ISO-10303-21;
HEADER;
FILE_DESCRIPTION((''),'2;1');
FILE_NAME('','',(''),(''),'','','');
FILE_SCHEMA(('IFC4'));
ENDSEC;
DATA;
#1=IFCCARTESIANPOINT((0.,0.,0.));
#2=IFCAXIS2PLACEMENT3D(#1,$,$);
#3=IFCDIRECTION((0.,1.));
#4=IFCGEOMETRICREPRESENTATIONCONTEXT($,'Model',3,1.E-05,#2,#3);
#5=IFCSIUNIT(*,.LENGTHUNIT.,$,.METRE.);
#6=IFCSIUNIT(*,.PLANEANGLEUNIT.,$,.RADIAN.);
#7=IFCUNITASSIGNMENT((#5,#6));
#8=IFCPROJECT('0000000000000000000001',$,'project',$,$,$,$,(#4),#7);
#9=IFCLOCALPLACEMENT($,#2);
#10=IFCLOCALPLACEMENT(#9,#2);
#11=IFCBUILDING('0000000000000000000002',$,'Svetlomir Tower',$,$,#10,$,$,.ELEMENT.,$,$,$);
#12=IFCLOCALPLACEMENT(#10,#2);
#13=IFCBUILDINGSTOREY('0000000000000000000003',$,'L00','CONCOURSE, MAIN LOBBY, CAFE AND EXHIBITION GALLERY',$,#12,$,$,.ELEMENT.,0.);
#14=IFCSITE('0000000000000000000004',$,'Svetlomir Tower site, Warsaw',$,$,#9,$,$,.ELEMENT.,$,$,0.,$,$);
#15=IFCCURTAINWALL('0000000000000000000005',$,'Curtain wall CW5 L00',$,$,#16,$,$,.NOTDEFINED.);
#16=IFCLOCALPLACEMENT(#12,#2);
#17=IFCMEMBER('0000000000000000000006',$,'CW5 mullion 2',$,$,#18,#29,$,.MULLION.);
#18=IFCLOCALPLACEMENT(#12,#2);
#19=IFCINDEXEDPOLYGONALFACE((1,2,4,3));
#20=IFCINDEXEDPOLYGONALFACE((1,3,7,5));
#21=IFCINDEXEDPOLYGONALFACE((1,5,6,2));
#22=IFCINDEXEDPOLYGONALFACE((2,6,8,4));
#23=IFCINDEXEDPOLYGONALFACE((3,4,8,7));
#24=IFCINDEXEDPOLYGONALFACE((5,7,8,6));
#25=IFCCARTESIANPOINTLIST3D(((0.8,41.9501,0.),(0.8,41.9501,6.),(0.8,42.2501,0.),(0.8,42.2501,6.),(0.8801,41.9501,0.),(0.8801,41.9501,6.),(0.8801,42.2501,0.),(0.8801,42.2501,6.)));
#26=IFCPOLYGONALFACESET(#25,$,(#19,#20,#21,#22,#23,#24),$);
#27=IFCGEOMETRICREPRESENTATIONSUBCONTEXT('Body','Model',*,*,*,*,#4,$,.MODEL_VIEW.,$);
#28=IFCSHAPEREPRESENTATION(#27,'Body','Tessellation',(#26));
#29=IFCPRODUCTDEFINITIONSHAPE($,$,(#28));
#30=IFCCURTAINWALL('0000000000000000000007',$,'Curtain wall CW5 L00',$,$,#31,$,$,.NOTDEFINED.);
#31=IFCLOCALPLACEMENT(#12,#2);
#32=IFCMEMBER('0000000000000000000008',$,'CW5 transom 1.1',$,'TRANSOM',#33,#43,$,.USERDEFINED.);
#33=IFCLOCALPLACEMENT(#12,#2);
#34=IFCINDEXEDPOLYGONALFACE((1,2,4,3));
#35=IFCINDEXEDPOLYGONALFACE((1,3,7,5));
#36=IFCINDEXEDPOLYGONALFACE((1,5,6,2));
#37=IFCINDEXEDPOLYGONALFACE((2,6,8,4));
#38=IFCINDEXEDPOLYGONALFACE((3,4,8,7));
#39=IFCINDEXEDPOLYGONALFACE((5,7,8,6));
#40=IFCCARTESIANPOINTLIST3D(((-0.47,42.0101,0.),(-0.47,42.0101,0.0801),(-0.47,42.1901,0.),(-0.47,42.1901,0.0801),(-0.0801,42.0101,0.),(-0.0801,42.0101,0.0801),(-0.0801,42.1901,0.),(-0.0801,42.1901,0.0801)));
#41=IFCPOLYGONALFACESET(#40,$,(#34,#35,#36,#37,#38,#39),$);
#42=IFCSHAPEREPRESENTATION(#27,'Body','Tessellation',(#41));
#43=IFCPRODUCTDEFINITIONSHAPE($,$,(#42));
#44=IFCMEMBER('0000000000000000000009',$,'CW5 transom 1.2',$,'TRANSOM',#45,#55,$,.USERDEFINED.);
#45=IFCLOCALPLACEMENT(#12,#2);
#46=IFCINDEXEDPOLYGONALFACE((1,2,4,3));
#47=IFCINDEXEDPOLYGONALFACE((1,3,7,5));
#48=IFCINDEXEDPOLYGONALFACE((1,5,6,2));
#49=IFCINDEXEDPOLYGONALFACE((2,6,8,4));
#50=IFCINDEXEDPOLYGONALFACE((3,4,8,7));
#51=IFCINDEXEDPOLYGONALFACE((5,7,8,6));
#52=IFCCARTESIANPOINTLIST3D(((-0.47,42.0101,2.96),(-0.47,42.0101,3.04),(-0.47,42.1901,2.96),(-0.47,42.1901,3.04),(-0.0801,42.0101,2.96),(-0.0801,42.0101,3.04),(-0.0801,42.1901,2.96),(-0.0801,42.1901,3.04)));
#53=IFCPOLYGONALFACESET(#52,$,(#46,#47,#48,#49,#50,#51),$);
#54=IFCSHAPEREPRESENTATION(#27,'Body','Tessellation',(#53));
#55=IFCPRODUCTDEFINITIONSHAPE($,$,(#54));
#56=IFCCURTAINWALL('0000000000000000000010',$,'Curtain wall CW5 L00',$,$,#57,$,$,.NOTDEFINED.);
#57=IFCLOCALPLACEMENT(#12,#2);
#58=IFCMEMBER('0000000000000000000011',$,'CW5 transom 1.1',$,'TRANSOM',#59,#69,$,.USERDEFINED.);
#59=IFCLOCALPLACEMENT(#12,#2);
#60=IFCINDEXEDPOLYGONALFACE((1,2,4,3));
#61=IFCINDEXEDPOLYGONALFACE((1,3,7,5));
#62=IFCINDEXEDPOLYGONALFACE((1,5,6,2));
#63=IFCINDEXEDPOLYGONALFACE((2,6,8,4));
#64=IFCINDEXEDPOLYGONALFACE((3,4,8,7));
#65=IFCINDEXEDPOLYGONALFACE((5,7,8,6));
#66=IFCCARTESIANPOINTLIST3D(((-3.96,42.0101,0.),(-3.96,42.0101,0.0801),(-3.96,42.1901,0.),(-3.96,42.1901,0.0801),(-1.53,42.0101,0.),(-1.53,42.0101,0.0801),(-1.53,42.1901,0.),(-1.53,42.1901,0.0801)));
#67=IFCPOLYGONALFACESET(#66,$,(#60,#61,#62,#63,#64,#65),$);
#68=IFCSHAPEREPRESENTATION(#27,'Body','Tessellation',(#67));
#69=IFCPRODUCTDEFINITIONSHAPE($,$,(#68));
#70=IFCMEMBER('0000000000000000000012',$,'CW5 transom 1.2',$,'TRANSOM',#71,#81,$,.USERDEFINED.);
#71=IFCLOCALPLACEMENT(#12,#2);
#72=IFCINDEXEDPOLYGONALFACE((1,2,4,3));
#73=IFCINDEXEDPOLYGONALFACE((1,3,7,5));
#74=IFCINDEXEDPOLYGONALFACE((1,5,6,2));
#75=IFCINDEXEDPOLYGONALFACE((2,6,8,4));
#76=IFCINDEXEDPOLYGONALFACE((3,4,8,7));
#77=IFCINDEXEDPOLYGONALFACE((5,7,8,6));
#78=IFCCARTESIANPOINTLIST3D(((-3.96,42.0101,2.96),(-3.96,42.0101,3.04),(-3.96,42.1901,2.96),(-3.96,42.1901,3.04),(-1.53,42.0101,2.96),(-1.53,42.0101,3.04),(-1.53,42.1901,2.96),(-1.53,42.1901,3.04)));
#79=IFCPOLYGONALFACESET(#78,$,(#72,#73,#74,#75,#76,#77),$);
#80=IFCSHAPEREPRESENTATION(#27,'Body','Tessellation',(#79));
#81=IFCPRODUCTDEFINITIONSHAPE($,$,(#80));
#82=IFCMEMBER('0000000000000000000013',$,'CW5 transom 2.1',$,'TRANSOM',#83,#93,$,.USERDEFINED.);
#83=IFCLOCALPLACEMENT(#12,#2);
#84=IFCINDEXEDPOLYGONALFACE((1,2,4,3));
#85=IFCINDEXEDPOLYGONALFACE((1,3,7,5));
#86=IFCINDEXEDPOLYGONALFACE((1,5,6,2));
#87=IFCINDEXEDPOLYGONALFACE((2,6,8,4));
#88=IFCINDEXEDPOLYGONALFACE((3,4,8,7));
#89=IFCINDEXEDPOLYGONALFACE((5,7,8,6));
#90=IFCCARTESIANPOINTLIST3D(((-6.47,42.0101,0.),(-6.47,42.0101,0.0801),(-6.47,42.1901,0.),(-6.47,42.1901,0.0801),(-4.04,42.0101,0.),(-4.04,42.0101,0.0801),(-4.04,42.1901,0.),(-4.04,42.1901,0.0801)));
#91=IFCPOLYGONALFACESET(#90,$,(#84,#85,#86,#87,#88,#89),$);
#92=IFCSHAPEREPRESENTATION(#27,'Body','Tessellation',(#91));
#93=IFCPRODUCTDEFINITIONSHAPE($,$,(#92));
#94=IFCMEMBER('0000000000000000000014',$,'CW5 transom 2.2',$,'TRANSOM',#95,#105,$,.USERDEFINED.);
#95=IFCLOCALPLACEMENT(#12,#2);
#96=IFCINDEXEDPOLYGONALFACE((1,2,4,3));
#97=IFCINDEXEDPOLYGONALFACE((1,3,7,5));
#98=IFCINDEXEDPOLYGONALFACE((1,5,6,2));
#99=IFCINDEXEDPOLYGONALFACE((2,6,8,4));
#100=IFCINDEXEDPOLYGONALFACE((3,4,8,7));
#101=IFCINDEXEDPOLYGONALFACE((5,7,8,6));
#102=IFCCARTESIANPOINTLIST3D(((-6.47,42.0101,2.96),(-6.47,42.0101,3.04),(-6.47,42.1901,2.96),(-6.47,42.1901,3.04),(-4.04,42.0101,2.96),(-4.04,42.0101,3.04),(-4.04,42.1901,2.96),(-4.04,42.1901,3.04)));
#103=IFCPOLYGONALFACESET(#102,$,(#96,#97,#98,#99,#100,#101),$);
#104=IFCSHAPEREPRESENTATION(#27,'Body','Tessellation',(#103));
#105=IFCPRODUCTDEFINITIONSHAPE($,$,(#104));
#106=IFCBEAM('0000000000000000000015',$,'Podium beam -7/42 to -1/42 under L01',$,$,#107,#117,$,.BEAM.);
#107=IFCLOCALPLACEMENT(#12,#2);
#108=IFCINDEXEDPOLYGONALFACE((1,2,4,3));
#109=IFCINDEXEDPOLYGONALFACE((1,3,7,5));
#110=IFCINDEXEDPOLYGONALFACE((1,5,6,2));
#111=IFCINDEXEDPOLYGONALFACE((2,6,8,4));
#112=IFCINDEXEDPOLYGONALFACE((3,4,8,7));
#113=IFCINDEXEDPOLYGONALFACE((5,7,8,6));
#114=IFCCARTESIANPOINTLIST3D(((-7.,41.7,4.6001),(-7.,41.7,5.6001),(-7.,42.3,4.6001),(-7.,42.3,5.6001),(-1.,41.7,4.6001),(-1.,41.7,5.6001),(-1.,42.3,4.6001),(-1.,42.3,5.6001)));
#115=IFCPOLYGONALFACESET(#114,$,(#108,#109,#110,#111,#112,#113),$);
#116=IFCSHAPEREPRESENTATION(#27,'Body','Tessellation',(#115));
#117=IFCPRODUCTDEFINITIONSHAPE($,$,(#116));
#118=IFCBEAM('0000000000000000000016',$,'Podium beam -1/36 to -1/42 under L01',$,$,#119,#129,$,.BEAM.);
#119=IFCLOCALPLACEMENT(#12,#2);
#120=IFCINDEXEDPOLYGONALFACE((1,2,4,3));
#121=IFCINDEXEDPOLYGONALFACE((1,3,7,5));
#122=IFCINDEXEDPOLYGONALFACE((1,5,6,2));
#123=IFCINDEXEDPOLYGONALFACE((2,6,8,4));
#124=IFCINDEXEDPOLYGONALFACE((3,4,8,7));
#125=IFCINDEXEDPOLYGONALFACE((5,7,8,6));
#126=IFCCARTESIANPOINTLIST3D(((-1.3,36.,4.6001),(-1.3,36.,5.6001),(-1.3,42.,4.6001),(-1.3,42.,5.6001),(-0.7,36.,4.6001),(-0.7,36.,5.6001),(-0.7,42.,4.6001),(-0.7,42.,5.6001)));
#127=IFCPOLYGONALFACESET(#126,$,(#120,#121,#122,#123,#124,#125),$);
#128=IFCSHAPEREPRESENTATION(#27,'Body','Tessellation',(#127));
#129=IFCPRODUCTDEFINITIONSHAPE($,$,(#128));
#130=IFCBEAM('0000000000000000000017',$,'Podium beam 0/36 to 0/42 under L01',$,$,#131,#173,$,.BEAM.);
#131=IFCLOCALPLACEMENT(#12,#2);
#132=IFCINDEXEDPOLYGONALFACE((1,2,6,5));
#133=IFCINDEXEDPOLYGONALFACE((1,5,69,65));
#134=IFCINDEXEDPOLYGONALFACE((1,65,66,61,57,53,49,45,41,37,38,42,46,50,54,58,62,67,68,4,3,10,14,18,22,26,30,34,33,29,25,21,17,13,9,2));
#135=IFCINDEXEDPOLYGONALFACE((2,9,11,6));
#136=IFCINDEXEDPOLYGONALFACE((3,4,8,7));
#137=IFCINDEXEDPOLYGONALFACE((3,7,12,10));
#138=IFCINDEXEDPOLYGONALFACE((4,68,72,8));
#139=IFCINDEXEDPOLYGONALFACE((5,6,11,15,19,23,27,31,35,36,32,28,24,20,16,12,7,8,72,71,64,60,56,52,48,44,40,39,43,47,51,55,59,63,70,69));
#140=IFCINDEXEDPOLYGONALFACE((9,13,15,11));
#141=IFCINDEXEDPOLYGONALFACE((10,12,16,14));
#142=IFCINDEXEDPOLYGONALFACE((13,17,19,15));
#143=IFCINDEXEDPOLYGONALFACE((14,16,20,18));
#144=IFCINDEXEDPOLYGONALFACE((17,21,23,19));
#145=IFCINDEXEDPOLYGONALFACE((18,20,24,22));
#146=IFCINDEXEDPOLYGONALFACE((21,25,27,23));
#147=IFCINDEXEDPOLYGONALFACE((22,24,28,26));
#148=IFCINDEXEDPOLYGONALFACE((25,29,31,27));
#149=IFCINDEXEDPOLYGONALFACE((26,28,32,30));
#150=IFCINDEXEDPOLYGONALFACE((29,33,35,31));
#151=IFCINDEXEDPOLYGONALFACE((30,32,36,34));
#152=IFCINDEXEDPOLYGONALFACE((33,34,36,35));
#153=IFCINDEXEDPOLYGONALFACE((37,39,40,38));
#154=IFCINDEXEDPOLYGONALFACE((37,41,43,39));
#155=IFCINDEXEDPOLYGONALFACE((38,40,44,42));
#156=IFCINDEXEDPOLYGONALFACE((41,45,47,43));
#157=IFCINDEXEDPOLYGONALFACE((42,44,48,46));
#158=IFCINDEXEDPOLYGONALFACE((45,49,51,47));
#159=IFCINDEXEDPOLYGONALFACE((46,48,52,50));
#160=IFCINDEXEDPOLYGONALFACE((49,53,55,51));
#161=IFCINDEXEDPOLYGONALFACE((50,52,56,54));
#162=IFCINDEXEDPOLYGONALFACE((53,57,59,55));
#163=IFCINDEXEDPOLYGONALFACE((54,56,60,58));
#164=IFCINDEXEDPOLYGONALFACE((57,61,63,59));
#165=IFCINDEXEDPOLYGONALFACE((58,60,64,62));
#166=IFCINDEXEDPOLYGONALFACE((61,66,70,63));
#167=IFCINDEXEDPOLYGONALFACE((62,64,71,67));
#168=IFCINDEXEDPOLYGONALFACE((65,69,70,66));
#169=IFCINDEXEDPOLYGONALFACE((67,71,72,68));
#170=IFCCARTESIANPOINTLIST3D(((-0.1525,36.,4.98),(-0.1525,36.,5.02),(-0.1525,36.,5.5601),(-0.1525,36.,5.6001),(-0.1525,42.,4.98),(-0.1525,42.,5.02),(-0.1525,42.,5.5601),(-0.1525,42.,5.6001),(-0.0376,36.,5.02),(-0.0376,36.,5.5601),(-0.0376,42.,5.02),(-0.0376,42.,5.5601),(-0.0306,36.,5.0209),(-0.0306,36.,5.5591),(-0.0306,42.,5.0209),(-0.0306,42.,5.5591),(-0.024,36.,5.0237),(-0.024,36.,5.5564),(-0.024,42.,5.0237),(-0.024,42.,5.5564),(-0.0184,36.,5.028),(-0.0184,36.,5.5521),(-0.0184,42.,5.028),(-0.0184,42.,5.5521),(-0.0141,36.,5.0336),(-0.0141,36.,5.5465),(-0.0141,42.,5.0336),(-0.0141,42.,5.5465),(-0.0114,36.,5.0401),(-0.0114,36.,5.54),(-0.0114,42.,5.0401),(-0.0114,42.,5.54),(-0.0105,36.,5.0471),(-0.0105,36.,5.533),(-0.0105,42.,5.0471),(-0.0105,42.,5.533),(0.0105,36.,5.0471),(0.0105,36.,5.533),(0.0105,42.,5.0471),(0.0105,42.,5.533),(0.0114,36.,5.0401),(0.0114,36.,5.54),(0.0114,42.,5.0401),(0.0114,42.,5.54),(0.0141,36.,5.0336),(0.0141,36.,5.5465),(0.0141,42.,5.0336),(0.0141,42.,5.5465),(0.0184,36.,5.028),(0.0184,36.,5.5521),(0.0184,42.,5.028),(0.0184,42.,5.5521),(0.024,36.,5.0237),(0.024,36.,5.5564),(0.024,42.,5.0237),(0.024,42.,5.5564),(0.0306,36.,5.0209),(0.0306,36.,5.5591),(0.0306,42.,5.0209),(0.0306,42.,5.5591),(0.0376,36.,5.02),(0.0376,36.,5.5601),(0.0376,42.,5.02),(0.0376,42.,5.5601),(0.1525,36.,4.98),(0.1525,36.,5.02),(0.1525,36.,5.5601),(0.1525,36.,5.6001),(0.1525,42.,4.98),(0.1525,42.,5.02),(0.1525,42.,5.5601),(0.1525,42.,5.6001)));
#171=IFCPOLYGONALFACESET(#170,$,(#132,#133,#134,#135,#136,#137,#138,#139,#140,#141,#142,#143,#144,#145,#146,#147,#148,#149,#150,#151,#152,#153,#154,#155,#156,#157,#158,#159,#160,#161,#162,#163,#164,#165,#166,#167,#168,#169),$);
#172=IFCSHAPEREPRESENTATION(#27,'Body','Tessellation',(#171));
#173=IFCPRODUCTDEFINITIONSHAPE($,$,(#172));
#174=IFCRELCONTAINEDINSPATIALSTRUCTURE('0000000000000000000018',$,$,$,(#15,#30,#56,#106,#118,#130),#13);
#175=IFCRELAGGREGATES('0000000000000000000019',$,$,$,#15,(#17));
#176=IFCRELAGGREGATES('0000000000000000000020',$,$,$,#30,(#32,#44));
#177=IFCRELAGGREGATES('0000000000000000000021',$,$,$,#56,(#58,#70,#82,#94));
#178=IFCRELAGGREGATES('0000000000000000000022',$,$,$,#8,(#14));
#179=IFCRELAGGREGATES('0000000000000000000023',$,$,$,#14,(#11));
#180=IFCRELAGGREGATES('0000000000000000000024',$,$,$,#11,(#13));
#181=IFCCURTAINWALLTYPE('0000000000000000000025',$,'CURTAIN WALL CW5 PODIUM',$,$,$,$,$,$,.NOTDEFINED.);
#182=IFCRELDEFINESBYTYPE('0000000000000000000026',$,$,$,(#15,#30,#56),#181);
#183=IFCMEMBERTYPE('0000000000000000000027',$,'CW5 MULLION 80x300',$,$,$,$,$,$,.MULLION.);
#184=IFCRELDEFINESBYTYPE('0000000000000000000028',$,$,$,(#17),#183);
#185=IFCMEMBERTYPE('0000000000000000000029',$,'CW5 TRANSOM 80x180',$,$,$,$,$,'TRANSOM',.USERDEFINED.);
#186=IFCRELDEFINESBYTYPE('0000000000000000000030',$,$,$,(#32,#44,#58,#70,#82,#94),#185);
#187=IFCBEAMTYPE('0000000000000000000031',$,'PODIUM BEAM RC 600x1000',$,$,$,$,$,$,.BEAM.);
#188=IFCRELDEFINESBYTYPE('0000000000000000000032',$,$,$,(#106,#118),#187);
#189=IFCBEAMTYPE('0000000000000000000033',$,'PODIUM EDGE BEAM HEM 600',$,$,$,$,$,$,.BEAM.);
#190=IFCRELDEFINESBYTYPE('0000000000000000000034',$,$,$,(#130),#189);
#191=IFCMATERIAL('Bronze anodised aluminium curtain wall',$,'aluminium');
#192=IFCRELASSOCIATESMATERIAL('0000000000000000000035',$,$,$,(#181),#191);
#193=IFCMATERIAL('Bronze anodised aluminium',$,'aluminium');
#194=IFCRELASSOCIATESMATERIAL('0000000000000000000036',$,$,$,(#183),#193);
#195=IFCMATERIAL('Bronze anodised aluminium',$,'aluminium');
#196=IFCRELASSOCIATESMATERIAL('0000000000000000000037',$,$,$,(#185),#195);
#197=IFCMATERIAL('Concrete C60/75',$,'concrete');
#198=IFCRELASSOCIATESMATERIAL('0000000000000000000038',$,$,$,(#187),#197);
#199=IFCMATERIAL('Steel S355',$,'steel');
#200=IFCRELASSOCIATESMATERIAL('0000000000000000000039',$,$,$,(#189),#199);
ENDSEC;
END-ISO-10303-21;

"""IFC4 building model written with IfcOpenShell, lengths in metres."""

from ifc_helpers import new_model, si_unit, direction, frame, origin, origin_2d, place, context, subcontext, project, spatial, rectangle, i_section, extrude, material, material_profile, profile_set, type_object, element, aggregate, save


model = new_model("IFC4")

# Units and contexts
model_context = context("Model", 3, precision=1e-05, world=origin(), true_north=direction((0.0, 1.0)))
body_context = subcontext(model_context, "Body", "Model", "MODEL_VIEW")
ifc_project = project(units=[si_unit("LENGTHUNIT", "METRE"), si_unit("PLANEANGLEUNIT", "RADIAN")], contexts=[model_context])

# Site, building, storey
site_placement = place(None, origin())
site = spatial("IfcSite", under=ifc_project, at=site_placement, Name="Svetlomir Tower site, Warsaw", CompositionType="ELEMENT", RefElevation=0.0)
building_placement = place(site_placement, origin())
building = spatial("IfcBuilding", under=site, at=building_placement, Name="Svetlomir Tower", CompositionType="ELEMENT")
storey_placement = place(building_placement, origin())
storey = spatial("IfcBuildingStorey", under=building, at=storey_placement, Name="L00", Description="CONCOURSE, MAIN LOBBY, CAFE AND EXHIBITION GALLERY", CompositionType="ELEMENT", Elevation=0.0)

# Curtain wall, member
ifc_material_1 = material(Name="Bronze anodised aluminium curtain wall", Category="aluminium")
curtain_wall_type = type_object("IfcCurtainWallType", Name="CURTAIN WALL CW5 PODIUM", PredefinedType="NOTDEFINED", material=ifc_material_1)
curtain_wall_1_placement = place(storey_placement, origin())
curtain_wall_1 = element("IfcCurtainWall", 1, at=curtain_wall_1_placement, inside=storey, type_object=curtain_wall_type, Name="Curtain wall CW5 L00", PredefinedType="NOTDEFINED")
ifc_material_2 = material(Name="Bronze anodised aluminium", Category="aluminium")
ifc_material_profile_1 = material_profile(ifc_material_2, rectangle(XDim=0.0801, YDim=0.3, at=origin_2d()), Name="AL 80x300")
ifc_profile_set_1 = profile_set([ifc_material_profile_1], Name="Bronze anodised aluminium 6063-T6")
member_type_1 = type_object("IfcMemberType", Name="CW5 MULLION 80x300", PredefinedType="MULLION", material=ifc_profile_set_1)
member_1_placement = place(storey_placement, frame((0.8401, 42.1001, 0.0), z_axis=(0.0, 0.0, 1.0), x_axis=(-1.0, 0.0, 0.0)))
member_1 = element("IfcMember", 2, at=member_1_placement, type_object=member_type_1, Name="CW5 mullion 2", PredefinedType="MULLION", context=body_context, shape_type="SweptSolid", body=[
    extrude(rectangle(XDim=0.0801, YDim=0.3, at=origin_2d()), origin(), (0.0, 0.0, 1.0), 6.0),
])

# Curtain walls, members
curtain_wall_2_placement = place(storey_placement, origin())
curtain_wall_2 = element("IfcCurtainWall", 3, at=curtain_wall_2_placement, inside=storey, type_object=curtain_wall_type, Name="Curtain wall CW5 L00", PredefinedType="NOTDEFINED")
ifc_material_3 = material(Name="Bronze anodised aluminium", Category="aluminium")
ifc_material_profile_2 = material_profile(ifc_material_3, rectangle(XDim=0.1799, YDim=0.0801, at=origin_2d()), Name="AL 180x80")
ifc_profile_set_2 = profile_set([ifc_material_profile_2], Name="Bronze anodised aluminium 6063-T6")
member_type_2 = type_object("IfcMemberType", Name="CW5 TRANSOM 80x180", ElementType="TRANSOM", PredefinedType="USERDEFINED", material=ifc_profile_set_2)
member_2_placement = place(storey_placement, frame((-0.0801, 42.1001, 0.04), z_axis=(-1.0, 0.0, 0.0), x_axis=(0.0, -1.0, 0.0)))
member_2 = element("IfcMember", 4, at=member_2_placement, type_object=member_type_2, Name="CW5 transom 1.1", ObjectType="TRANSOM", PredefinedType="USERDEFINED", context=body_context, shape_type="SweptSolid", body=[
    extrude(rectangle(XDim=0.1799, YDim=0.0801, at=origin_2d()), origin(), (0.0, 0.0, 1.0), 0.3899),
])
member_3_placement = place(storey_placement, frame((-0.0801, 42.1001, 3.0), z_axis=(-1.0, 0.0, 0.0), x_axis=(0.0, -1.0, 0.0)))
member_3 = element("IfcMember", 5, at=member_3_placement, type_object=member_type_2, Name="CW5 transom 1.2", ObjectType="TRANSOM", PredefinedType="USERDEFINED", context=body_context, shape_type="SweptSolid", body=[
    extrude(rectangle(XDim=0.1799, YDim=0.0801, at=origin_2d()), origin(), (0.0, 0.0, 1.0), 0.3899),
])
curtain_wall_3_placement = place(storey_placement, origin())
curtain_wall_3 = element("IfcCurtainWall", 6, at=curtain_wall_3_placement, inside=storey, type_object=curtain_wall_type, Name="Curtain wall CW5 L00", PredefinedType="NOTDEFINED")
member_4_placement = place(storey_placement, frame((-1.53, 42.1001, 0.04), z_axis=(-1.0, 0.0, 0.0), x_axis=(0.0, -1.0, 0.0)))
member_4 = element("IfcMember", 7, at=member_4_placement, type_object=member_type_2, Name="CW5 transom 1.1", ObjectType="TRANSOM", PredefinedType="USERDEFINED", context=body_context, shape_type="SweptSolid", body=[
    extrude(rectangle(XDim=0.1799, YDim=0.0801, at=origin_2d()), origin(), (0.0, 0.0, 1.0), 2.4299),
])
member_5_placement = place(storey_placement, frame((-1.53, 42.1001, 3.0), z_axis=(-1.0, 0.0, 0.0), x_axis=(0.0, -1.0, 0.0)))
member_5 = element("IfcMember", 8, at=member_5_placement, type_object=member_type_2, Name="CW5 transom 1.2", ObjectType="TRANSOM", PredefinedType="USERDEFINED", context=body_context, shape_type="SweptSolid", body=[
    extrude(rectangle(XDim=0.1799, YDim=0.0801, at=origin_2d()), origin(), (0.0, 0.0, 1.0), 2.4299),
])
member_6_placement = place(storey_placement, frame((-4.04, 42.1001, 0.04), z_axis=(-1.0, 0.0, 0.0), x_axis=(0.0, -1.0, 0.0)))
member_6 = element("IfcMember", 9, at=member_6_placement, type_object=member_type_2, Name="CW5 transom 2.1", ObjectType="TRANSOM", PredefinedType="USERDEFINED", context=body_context, shape_type="SweptSolid", body=[
    extrude(rectangle(XDim=0.1799, YDim=0.0801, at=origin_2d()), origin(), (0.0, 0.0, 1.0), 2.4299),
])
member_7_placement = place(storey_placement, frame((-4.04, 42.1001, 3.0), z_axis=(-1.0, 0.0, 0.0), x_axis=(0.0, -1.0, 0.0)))
member_7 = element("IfcMember", 10, at=member_7_placement, type_object=member_type_2, Name="CW5 transom 2.2", ObjectType="TRANSOM", PredefinedType="USERDEFINED", context=body_context, shape_type="SweptSolid", body=[
    extrude(rectangle(XDim=0.1799, YDim=0.0801, at=origin_2d()), origin(), (0.0, 0.0, 1.0), 2.4299),
])

# Beams
ifc_material_4 = material(Name="Concrete C60/75", Category="concrete")
ifc_material_profile_3 = material_profile(ifc_material_4, rectangle(XDim=0.6001, YDim=1.0, at=origin_2d()), Name="RC 600x1000")
ifc_profile_set_3 = profile_set([ifc_material_profile_3], Name="Concrete C60/75")
beam_type_1 = type_object("IfcBeamType", Name="PODIUM BEAM RC 600x1000", PredefinedType="BEAM", material=ifc_profile_set_3)
for number, where, z_axis, x_axis, name in (
    (11, (-7.0, 42.0, 5.1001), (1.0, 0.0, 0.0), (0.0, 1.0, 0.0), "Podium beam -7/42 to -1/42 under L01"),
    (12, (-1.0, 36.0, 5.1001), (0.0, 1.0, 0.0), (-1.0, 0.0, 0.0), "Podium beam -1/36 to -1/42 under L01"),
):
    element("IfcBeam", number, at=place(storey_placement, frame(where, z_axis=z_axis, x_axis=x_axis)), inside=storey, type_object=beam_type_1, Name=name, PredefinedType="BEAM", context=body_context, shape_type="SweptSolid", body=[
        extrude(rectangle(XDim=0.6001, YDim=1.0, at=origin_2d()), origin(), (0.0, 0.0, 1.0), 6.0),
    ])
ifc_material_5 = material(Name="Steel S355", Category="steel")
ifc_material_profile_4 = material_profile(ifc_material_5, i_section(OverallWidth=0.3049, OverallDepth=0.6201, WebThickness=0.021, FlangeThickness=0.04, FilletRadius=0.0271, at=origin_2d()), Name="HEM 600")
ifc_profile_set_4 = profile_set([ifc_material_profile_4], Name="Steel S355")
beam_type_2 = type_object("IfcBeamType", Name="PODIUM EDGE BEAM HEM 600", PredefinedType="BEAM", material=ifc_profile_set_4)
for number, where, z_axis, x_axis, name in (
    (13, (0.0, 36.0, 5.29), (0.0, 1.0, 0.0), (-1.0, 0.0, 0.0), "Podium beam 0/36 to 0/42 under L01"),
):
    element("IfcBeam", number, at=place(storey_placement, frame(where, z_axis=z_axis, x_axis=x_axis)), inside=storey, type_object=beam_type_2, Name=name, PredefinedType="BEAM", context=body_context, shape_type="SweptSolid", body=[
        extrude(i_section(OverallWidth=0.3049, OverallDepth=0.6201, WebThickness=0.021, FlangeThickness=0.04, FilletRadius=0.0271, at=origin_2d()), origin(), (0.0, 0.0, 1.0), 6.0),
    ])

aggregate(curtain_wall_1, [member_1])
aggregate(curtain_wall_2, [member_2, member_3])
aggregate(curtain_wall_3, [member_4, member_5, member_6, member_7])

save(model, "model.ifc")
